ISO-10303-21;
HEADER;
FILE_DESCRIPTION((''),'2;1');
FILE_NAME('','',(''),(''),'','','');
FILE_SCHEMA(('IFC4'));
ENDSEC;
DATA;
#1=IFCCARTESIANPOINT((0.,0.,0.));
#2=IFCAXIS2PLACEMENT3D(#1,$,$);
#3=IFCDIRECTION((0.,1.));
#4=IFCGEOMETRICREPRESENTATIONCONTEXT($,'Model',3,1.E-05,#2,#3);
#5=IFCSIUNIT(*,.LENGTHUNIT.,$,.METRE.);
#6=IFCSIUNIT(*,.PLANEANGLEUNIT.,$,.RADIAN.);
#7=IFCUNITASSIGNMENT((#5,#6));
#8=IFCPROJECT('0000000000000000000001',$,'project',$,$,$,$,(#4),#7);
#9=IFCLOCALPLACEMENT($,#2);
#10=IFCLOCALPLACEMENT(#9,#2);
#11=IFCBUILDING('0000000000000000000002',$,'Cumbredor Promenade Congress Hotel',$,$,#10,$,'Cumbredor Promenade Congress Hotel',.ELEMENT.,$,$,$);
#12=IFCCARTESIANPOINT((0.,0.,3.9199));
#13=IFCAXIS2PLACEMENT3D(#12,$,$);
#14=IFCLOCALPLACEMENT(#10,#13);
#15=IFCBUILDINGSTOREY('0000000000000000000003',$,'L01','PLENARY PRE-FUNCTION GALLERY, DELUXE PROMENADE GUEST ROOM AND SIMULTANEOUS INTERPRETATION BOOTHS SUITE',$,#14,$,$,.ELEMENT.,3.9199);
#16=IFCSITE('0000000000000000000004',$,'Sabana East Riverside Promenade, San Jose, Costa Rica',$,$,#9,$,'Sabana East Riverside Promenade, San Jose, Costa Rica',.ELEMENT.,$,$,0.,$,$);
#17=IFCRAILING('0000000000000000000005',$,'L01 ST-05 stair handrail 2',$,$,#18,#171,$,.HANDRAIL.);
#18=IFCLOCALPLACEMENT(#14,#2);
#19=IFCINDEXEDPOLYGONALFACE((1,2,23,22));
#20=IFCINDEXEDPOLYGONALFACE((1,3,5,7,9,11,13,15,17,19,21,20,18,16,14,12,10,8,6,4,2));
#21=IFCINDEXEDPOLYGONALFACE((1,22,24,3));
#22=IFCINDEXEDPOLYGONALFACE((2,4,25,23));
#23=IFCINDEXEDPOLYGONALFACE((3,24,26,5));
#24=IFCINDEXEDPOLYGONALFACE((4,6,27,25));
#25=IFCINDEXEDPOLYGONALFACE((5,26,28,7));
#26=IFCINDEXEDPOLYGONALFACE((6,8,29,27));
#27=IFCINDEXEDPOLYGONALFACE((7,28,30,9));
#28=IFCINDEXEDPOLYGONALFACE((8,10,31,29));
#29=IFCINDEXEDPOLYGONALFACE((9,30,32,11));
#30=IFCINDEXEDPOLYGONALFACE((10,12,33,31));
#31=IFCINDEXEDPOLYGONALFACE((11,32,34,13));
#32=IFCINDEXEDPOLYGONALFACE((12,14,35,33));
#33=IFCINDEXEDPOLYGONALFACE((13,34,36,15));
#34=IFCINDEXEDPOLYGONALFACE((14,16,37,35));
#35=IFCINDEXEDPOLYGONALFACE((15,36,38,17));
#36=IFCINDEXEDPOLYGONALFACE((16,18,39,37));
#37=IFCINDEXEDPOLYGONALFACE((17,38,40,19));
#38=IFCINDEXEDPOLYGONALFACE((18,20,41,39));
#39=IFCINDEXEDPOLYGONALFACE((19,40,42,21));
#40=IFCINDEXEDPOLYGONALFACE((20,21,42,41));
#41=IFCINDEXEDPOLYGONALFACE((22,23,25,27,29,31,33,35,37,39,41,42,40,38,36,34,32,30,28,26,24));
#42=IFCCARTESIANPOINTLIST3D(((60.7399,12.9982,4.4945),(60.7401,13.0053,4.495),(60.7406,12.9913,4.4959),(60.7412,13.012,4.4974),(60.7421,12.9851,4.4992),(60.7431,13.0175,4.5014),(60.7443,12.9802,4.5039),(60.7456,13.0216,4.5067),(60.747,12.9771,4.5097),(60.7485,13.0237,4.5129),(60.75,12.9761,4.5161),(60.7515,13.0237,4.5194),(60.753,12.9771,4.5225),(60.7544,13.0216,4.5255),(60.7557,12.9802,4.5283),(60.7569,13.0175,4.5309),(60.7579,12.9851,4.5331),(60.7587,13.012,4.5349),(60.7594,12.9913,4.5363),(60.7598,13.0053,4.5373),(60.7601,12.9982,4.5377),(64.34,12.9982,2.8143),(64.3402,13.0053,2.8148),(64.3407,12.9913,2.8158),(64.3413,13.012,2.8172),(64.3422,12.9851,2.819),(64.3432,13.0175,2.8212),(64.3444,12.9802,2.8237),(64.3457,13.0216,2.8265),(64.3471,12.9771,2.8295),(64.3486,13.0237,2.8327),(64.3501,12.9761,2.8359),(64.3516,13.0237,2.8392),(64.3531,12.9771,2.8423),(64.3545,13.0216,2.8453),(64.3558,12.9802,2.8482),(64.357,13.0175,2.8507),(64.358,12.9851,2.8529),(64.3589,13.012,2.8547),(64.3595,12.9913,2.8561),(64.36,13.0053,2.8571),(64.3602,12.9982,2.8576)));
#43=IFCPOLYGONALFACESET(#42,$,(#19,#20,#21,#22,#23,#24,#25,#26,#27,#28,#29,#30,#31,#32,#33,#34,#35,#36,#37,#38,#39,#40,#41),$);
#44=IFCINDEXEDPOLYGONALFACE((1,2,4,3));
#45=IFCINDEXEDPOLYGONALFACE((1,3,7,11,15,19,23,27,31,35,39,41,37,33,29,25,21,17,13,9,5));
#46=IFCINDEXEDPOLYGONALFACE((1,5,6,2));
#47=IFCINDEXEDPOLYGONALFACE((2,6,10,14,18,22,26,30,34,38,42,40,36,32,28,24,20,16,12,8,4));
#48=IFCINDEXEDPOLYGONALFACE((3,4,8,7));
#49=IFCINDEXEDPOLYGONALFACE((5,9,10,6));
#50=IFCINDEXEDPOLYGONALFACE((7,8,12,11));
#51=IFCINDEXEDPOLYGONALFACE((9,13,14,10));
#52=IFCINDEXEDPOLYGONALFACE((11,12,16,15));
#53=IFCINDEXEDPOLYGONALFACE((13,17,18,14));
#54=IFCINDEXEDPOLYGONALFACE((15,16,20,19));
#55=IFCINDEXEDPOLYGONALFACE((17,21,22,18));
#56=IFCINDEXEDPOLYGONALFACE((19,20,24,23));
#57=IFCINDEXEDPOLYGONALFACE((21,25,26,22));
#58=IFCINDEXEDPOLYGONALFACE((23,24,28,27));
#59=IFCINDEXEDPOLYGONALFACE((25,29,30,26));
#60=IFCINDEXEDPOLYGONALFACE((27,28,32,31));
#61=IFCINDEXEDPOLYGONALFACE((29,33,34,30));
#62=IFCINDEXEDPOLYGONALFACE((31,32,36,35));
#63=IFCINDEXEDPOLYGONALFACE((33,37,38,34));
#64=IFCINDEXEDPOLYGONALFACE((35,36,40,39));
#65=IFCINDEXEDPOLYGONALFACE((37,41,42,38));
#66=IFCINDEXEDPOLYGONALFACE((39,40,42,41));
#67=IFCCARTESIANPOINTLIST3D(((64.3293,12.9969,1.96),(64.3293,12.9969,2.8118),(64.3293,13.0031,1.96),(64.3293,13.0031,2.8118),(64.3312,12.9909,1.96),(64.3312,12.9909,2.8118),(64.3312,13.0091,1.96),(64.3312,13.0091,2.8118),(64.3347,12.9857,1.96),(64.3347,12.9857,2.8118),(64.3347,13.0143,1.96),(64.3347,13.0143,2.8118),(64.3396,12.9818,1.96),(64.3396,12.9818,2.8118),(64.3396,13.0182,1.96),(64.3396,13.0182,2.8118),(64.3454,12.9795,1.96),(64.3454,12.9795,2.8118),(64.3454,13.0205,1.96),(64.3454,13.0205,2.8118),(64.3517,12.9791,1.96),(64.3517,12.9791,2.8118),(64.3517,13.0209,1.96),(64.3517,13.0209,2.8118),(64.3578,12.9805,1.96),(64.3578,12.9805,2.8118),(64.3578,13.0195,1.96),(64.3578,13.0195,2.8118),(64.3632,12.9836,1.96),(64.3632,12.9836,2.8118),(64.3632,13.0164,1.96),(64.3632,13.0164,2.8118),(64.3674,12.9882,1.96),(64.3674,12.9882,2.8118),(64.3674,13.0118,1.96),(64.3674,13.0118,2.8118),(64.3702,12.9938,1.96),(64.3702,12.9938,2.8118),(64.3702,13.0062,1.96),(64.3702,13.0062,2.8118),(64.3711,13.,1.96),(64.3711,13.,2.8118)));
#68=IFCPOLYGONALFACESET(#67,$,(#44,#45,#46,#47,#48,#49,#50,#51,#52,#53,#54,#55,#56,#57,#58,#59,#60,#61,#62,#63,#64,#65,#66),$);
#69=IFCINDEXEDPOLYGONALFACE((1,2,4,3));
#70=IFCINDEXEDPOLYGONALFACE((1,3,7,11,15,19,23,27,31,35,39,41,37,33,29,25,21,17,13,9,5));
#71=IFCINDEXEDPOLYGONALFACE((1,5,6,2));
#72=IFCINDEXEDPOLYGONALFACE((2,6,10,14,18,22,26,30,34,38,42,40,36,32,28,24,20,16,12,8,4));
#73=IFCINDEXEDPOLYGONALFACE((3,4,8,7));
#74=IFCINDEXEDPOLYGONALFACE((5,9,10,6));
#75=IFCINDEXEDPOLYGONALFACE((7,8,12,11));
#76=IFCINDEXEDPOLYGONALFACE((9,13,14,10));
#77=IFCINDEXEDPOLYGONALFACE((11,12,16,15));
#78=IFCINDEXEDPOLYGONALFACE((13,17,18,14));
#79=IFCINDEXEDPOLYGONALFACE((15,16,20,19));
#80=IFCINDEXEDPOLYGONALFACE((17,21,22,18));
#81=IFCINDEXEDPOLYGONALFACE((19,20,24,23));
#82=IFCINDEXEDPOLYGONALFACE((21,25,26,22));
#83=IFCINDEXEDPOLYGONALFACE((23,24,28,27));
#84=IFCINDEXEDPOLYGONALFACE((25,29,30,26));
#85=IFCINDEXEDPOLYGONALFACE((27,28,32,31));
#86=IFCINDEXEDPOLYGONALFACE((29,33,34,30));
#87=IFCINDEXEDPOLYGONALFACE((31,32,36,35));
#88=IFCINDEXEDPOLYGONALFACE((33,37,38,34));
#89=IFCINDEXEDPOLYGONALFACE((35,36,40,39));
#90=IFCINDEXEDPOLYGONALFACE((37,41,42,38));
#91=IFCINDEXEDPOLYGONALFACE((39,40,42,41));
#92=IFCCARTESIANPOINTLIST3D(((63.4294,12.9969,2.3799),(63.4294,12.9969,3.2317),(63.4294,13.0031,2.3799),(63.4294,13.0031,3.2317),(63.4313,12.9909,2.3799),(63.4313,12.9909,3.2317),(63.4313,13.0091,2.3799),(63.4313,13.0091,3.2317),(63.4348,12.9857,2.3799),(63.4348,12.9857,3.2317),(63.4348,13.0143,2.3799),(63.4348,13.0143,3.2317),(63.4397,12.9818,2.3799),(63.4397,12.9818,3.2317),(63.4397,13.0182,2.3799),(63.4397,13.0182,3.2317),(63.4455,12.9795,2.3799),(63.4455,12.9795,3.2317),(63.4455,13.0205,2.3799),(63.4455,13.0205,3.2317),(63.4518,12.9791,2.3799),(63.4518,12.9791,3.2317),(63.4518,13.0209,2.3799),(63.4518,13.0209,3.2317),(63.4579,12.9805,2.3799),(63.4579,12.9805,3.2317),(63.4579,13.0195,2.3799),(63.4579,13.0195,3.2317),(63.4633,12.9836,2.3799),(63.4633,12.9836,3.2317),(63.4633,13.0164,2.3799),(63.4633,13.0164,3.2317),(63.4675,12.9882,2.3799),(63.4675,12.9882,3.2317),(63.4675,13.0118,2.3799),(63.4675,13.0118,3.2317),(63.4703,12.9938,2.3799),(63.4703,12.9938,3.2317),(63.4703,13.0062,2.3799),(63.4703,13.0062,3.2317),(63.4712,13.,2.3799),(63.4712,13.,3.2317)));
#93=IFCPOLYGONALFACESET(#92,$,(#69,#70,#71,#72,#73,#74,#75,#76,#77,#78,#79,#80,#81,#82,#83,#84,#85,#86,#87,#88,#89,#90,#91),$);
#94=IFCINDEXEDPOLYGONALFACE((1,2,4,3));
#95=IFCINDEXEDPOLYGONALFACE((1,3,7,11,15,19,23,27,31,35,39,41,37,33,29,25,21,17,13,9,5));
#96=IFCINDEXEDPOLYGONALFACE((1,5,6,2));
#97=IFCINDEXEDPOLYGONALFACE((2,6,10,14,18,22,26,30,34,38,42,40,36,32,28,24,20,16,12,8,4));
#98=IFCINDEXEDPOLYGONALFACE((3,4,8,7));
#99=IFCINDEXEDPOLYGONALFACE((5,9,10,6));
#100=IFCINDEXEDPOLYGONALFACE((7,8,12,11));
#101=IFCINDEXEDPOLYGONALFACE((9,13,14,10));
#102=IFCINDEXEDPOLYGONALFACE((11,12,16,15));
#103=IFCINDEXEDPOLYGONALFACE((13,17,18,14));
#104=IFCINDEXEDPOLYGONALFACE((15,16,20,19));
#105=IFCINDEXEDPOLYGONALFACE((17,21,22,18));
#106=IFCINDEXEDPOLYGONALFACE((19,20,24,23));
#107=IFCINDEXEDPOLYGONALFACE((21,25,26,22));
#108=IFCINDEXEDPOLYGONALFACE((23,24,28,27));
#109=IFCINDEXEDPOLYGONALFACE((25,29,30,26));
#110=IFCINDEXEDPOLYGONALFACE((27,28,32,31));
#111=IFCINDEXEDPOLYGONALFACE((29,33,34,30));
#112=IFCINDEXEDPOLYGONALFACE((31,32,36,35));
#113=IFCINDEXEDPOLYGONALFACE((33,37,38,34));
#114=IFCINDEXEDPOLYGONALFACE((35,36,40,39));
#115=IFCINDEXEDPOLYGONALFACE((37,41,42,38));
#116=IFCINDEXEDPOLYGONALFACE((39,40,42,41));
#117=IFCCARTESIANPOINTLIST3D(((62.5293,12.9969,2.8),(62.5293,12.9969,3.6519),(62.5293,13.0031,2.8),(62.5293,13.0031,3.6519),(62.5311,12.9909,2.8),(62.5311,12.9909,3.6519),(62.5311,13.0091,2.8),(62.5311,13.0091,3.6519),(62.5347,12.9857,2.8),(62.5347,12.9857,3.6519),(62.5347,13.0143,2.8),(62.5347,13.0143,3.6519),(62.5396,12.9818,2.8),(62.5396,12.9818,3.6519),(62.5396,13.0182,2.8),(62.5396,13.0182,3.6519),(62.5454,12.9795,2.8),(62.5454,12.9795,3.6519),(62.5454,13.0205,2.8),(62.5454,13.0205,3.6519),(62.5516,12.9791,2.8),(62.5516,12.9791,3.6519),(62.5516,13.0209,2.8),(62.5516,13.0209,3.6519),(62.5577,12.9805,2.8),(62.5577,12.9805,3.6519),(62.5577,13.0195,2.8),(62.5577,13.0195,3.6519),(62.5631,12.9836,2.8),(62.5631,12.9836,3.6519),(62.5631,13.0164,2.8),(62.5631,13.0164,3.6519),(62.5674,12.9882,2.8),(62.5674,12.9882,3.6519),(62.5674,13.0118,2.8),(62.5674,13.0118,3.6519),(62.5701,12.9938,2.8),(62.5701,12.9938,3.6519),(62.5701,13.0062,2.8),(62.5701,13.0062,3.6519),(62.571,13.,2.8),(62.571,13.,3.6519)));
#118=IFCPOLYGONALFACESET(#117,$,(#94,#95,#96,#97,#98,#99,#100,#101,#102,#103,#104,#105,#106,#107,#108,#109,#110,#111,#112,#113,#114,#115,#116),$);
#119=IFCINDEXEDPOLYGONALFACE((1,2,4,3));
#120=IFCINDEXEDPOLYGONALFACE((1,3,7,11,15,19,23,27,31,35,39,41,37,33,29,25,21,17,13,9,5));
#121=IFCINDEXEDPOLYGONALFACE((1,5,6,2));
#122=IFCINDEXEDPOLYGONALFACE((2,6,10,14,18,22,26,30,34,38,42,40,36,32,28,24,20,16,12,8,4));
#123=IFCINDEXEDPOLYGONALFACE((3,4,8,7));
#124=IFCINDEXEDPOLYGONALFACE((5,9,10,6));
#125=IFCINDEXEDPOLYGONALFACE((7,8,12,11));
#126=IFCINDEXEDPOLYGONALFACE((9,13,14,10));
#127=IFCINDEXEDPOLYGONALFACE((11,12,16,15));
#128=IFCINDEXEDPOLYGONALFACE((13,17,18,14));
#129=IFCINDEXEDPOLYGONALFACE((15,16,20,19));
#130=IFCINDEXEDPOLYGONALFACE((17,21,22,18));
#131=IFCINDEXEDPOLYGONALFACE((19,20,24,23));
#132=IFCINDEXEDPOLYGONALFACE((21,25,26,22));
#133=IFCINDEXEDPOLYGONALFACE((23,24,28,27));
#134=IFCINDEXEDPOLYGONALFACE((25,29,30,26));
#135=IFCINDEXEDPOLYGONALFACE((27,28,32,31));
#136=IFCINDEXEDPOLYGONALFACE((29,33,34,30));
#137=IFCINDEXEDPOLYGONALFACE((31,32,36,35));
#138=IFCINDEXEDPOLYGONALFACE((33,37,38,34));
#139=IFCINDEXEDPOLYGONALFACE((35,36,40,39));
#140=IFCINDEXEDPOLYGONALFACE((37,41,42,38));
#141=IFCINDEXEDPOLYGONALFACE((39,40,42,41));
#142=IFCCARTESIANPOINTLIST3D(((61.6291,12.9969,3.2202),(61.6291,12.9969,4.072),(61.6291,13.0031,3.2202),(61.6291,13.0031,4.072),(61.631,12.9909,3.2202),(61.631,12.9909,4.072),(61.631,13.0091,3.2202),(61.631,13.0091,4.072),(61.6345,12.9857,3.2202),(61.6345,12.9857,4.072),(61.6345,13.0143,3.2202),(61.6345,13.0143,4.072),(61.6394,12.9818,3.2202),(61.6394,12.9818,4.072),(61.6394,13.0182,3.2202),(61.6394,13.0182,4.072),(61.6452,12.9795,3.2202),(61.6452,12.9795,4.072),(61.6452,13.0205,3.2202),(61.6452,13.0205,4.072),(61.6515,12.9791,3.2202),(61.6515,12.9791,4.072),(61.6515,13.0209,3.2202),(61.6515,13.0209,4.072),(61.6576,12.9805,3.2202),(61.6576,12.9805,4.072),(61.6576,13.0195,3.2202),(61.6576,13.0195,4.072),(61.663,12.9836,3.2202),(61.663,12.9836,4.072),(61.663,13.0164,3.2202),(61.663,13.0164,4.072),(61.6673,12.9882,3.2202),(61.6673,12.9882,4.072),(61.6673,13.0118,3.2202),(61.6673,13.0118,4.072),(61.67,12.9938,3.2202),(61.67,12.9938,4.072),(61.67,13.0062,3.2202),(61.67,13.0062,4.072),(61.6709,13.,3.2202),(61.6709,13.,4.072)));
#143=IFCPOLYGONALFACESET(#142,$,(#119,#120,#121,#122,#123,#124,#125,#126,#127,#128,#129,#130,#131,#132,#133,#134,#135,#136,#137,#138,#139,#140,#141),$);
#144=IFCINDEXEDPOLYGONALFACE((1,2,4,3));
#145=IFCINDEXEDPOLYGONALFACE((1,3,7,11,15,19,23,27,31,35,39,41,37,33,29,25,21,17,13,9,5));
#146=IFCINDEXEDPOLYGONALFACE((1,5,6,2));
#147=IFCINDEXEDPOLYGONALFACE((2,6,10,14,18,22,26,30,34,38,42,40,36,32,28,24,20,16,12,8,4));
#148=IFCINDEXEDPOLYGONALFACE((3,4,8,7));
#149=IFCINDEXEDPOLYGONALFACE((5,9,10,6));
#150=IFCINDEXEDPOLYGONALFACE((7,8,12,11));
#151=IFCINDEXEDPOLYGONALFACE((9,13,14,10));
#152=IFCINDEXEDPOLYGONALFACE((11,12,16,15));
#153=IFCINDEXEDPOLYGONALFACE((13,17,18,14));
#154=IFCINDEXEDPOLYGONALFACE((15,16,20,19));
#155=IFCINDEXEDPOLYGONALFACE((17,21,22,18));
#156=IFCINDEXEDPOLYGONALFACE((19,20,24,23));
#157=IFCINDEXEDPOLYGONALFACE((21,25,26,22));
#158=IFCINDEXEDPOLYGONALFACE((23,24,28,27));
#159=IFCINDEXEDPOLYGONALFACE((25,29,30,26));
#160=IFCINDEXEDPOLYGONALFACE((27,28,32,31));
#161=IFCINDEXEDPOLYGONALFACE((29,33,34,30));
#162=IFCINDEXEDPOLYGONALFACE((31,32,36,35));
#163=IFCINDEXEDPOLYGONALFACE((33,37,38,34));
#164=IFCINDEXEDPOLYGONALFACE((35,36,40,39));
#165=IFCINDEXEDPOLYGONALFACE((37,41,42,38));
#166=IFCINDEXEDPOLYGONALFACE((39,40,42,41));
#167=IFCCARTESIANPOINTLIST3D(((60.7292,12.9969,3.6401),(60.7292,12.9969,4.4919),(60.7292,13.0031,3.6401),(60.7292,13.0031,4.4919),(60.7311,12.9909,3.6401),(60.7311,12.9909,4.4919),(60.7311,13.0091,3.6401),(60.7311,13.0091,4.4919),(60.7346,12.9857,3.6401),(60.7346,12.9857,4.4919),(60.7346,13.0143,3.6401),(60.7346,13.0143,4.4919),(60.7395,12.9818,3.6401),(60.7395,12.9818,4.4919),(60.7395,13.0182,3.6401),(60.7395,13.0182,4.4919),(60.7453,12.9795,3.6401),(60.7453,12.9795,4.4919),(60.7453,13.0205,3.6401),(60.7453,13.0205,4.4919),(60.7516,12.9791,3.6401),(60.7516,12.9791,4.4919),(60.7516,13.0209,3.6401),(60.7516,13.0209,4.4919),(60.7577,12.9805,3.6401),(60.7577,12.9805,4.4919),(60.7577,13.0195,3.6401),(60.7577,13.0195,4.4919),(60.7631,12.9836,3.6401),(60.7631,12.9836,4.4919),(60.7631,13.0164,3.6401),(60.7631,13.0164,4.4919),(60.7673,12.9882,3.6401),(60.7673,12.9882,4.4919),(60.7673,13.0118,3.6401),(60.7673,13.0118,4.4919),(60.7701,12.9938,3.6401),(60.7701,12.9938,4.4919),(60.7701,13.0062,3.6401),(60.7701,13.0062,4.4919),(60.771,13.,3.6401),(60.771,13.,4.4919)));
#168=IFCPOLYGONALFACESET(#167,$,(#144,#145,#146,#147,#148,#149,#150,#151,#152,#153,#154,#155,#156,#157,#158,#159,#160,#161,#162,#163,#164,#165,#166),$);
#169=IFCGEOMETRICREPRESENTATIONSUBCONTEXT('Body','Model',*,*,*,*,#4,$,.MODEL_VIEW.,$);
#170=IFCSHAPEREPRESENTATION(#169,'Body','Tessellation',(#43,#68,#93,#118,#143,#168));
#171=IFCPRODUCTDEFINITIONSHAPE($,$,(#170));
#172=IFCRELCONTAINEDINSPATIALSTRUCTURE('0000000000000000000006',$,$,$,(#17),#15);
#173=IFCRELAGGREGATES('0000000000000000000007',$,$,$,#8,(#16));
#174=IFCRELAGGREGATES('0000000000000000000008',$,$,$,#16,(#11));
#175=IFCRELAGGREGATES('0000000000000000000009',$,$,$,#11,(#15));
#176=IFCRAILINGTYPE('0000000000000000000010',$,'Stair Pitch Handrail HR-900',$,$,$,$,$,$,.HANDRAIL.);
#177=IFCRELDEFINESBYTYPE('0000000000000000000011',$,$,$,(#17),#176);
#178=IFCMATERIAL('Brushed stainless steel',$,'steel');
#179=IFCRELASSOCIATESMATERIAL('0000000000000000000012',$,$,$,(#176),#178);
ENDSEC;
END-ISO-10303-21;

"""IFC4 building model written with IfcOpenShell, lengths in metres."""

from ifc_helpers import new_model, si_unit, direction, frame, origin, origin_2d, place, context, subcontext, project, spatial, circle, extrude, material, type_object, element, save


model = new_model("IFC4")

# Units and contexts
model_context = context("Model", 3, precision=1e-05, world=origin(), true_north=direction((0.0, 1.0)))
body_context = subcontext(model_context, "Body", "Model", "MODEL_VIEW")
ifc_project = project(units=[si_unit("LENGTHUNIT", "METRE"), si_unit("PLANEANGLEUNIT", "RADIAN")], contexts=[model_context])

# Site, building, storey
site_placement = place(None, origin())
site = spatial("IfcSite", under=ifc_project, at=site_placement, Name="Sabana East Riverside Promenade, San Jose, Costa Rica", LongName="Sabana East Riverside Promenade, San Jose, Costa Rica", CompositionType="ELEMENT", RefElevation=0.0)
building_placement = place(site_placement, origin())
building = spatial("IfcBuilding", under=site, at=building_placement, Name="Cumbredor Promenade Congress Hotel", LongName="Cumbredor Promenade Congress Hotel", CompositionType="ELEMENT")
storey_placement = place(building_placement, frame((0.0, 0.0, 3.9199)))
storey = spatial("IfcBuildingStorey", under=building, at=storey_placement, Name="L01", Description="PLENARY PRE-FUNCTION GALLERY, DELUXE PROMENADE GUEST ROOM AND SIMULTANEOUS INTERPRETATION BOOTHS SUITE", CompositionType="ELEMENT", Elevation=3.9199)

# Railing
ifc_material_1 = material(Name="Brushed stainless steel", Category="steel")
railing_type_1 = type_object("IfcRailingType", Name="Stair Pitch Handrail HR-900", PredefinedType="HANDRAIL", material=ifc_material_1)
railing_1_placement = place(storey_placement, frame((64.3501, 13.0, 1.96)))
element("IfcRailing", 1, at=railing_1_placement, inside=storey, type_object=railing_type_1, Name="L01 ST-05 stair handrail 2", PredefinedType="HANDRAIL", context=body_context, shape_type="SweptSolid", body=[
    extrude(circle(Radius=0.0239, at=origin_2d()), frame((0.0, 0.0, 0.876), z_axis=(-0.906171, 0.0, 0.422912), x_axis=(0.0, -1.0, 0.0)), (0.0, 0.0, 1.0), 3.9729),
    extrude(circle(Radius=0.021, at=origin_2d()), origin(), (0.0, 0.0, 1.0), 0.8518),
    extrude(circle(Radius=0.021, at=origin_2d()), frame((-0.8999, 0.0, 0.4199)), (0.0, 0.0, 1.0), 0.8518),
    extrude(circle(Radius=0.021, at=origin_2d()), frame((-1.8, 0.0, 0.8401)), (0.0, 0.0, 1.0), 0.8518),
    extrude(circle(Radius=0.021, at=origin_2d()), frame((-2.7002, 0.0, 1.2603)), (0.0, 0.0, 1.0), 0.8518),
    extrude(circle(Radius=0.021, at=origin_2d()), frame((-3.6001, 0.0, 1.6802)), (0.0, 0.0, 1.0), 0.8518),
])

save(model, "model.ifc")
